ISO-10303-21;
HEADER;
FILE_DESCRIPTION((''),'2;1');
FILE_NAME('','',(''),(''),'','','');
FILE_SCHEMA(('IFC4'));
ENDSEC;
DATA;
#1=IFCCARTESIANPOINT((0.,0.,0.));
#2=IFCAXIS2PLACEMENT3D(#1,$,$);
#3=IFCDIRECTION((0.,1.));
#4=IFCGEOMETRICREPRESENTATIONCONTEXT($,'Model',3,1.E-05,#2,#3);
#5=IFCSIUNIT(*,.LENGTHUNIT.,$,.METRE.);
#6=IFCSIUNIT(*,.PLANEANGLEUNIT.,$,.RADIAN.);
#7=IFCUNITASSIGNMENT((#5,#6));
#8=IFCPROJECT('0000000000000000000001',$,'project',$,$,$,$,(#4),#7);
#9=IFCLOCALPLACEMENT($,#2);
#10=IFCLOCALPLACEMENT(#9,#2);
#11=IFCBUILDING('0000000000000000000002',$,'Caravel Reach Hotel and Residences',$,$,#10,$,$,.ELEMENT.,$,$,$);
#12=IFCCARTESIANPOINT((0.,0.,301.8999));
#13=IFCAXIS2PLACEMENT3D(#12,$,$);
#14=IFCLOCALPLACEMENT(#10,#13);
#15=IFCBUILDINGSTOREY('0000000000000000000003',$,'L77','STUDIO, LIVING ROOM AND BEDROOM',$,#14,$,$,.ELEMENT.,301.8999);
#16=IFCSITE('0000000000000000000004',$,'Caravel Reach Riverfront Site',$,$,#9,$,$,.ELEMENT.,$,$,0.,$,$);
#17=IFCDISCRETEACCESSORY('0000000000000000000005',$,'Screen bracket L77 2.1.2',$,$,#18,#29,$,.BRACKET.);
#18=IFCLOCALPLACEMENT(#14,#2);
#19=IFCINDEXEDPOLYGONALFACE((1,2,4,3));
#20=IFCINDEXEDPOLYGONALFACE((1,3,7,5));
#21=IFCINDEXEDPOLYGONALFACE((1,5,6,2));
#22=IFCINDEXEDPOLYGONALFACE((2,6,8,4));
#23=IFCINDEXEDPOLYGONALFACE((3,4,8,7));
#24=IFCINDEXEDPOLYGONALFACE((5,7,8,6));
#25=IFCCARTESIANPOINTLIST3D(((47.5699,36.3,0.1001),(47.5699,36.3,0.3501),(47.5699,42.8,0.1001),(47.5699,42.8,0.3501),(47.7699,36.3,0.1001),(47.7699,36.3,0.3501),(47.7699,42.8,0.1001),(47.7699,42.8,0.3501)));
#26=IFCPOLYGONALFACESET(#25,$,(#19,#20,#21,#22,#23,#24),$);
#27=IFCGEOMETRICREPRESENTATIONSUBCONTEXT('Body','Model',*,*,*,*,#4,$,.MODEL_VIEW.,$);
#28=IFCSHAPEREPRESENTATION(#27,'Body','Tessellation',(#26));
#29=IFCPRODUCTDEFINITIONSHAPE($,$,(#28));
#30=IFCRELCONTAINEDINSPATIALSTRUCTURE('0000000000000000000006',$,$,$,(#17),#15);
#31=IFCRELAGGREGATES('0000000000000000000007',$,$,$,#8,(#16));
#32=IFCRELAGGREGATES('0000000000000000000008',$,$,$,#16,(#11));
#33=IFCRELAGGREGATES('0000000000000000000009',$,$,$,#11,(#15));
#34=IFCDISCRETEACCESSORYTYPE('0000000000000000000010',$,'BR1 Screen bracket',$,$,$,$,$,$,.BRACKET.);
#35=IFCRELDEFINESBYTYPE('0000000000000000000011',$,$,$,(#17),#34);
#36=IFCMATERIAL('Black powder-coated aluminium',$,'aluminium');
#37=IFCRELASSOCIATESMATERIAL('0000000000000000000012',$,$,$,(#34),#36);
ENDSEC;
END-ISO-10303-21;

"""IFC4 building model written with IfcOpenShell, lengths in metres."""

from ifc_helpers import new_model, si_unit, direction, frame, origin, origin_2d, place, context, subcontext, project, spatial, rectangle, extrude, material, type_object, element, save


model = new_model("IFC4")

# Units and contexts
model_context = context("Model", 3, precision=1e-05, world=origin(), true_north=direction((0.0, 1.0)))
body_context = subcontext(model_context, "Body", "Model", "MODEL_VIEW")
ifc_project = project(units=[si_unit("LENGTHUNIT", "METRE"), si_unit("PLANEANGLEUNIT", "RADIAN")], contexts=[model_context])

# Site, building, storey
site_placement = place(None, origin())
site = spatial("IfcSite", under=ifc_project, at=site_placement, Name="Caravel Reach Riverfront Site", CompositionType="ELEMENT", RefElevation=0.0)
building_placement = place(site_placement, origin())
building = spatial("IfcBuilding", under=site, at=building_placement, Name="Caravel Reach Hotel and Residences", CompositionType="ELEMENT")
storey_placement = place(building_placement, frame((0.0, 0.0, 301.8999)))
storey = spatial("IfcBuildingStorey", under=building, at=storey_placement, Name="L77", Description="STUDIO, LIVING ROOM AND BEDROOM", CompositionType="ELEMENT", Elevation=301.8999)

# Discrete accessory
ifc_material_1 = material(Name="Black powder-coated aluminium", Category="aluminium")
discrete_accessory_type = type_object("IfcDiscreteAccessoryType", Name="BR1 Screen bracket", PredefinedType="BRACKET", material=ifc_material_1)
for number, where, z_axis, x_axis, name in (
    (1, (47.6699, 39.55, 0.1001), (0.0, 0.0, 1.0), (0.0, 1.0, 0.0), "Screen bracket L77 2.1.2"),
):
    element("IfcDiscreteAccessory", number, at=place(storey_placement, frame(where, z_axis=z_axis, x_axis=x_axis)), inside=storey, type_object=discrete_accessory_type, Name=name, PredefinedType="BRACKET", context=body_context, shape_type="SweptSolid", body=[
        extrude(rectangle(XDim=6.5, YDim=0.2, at=origin_2d()), origin(), (0.0, 0.0, 1.0), 0.25),
    ])

save(model, "model.ifc")
